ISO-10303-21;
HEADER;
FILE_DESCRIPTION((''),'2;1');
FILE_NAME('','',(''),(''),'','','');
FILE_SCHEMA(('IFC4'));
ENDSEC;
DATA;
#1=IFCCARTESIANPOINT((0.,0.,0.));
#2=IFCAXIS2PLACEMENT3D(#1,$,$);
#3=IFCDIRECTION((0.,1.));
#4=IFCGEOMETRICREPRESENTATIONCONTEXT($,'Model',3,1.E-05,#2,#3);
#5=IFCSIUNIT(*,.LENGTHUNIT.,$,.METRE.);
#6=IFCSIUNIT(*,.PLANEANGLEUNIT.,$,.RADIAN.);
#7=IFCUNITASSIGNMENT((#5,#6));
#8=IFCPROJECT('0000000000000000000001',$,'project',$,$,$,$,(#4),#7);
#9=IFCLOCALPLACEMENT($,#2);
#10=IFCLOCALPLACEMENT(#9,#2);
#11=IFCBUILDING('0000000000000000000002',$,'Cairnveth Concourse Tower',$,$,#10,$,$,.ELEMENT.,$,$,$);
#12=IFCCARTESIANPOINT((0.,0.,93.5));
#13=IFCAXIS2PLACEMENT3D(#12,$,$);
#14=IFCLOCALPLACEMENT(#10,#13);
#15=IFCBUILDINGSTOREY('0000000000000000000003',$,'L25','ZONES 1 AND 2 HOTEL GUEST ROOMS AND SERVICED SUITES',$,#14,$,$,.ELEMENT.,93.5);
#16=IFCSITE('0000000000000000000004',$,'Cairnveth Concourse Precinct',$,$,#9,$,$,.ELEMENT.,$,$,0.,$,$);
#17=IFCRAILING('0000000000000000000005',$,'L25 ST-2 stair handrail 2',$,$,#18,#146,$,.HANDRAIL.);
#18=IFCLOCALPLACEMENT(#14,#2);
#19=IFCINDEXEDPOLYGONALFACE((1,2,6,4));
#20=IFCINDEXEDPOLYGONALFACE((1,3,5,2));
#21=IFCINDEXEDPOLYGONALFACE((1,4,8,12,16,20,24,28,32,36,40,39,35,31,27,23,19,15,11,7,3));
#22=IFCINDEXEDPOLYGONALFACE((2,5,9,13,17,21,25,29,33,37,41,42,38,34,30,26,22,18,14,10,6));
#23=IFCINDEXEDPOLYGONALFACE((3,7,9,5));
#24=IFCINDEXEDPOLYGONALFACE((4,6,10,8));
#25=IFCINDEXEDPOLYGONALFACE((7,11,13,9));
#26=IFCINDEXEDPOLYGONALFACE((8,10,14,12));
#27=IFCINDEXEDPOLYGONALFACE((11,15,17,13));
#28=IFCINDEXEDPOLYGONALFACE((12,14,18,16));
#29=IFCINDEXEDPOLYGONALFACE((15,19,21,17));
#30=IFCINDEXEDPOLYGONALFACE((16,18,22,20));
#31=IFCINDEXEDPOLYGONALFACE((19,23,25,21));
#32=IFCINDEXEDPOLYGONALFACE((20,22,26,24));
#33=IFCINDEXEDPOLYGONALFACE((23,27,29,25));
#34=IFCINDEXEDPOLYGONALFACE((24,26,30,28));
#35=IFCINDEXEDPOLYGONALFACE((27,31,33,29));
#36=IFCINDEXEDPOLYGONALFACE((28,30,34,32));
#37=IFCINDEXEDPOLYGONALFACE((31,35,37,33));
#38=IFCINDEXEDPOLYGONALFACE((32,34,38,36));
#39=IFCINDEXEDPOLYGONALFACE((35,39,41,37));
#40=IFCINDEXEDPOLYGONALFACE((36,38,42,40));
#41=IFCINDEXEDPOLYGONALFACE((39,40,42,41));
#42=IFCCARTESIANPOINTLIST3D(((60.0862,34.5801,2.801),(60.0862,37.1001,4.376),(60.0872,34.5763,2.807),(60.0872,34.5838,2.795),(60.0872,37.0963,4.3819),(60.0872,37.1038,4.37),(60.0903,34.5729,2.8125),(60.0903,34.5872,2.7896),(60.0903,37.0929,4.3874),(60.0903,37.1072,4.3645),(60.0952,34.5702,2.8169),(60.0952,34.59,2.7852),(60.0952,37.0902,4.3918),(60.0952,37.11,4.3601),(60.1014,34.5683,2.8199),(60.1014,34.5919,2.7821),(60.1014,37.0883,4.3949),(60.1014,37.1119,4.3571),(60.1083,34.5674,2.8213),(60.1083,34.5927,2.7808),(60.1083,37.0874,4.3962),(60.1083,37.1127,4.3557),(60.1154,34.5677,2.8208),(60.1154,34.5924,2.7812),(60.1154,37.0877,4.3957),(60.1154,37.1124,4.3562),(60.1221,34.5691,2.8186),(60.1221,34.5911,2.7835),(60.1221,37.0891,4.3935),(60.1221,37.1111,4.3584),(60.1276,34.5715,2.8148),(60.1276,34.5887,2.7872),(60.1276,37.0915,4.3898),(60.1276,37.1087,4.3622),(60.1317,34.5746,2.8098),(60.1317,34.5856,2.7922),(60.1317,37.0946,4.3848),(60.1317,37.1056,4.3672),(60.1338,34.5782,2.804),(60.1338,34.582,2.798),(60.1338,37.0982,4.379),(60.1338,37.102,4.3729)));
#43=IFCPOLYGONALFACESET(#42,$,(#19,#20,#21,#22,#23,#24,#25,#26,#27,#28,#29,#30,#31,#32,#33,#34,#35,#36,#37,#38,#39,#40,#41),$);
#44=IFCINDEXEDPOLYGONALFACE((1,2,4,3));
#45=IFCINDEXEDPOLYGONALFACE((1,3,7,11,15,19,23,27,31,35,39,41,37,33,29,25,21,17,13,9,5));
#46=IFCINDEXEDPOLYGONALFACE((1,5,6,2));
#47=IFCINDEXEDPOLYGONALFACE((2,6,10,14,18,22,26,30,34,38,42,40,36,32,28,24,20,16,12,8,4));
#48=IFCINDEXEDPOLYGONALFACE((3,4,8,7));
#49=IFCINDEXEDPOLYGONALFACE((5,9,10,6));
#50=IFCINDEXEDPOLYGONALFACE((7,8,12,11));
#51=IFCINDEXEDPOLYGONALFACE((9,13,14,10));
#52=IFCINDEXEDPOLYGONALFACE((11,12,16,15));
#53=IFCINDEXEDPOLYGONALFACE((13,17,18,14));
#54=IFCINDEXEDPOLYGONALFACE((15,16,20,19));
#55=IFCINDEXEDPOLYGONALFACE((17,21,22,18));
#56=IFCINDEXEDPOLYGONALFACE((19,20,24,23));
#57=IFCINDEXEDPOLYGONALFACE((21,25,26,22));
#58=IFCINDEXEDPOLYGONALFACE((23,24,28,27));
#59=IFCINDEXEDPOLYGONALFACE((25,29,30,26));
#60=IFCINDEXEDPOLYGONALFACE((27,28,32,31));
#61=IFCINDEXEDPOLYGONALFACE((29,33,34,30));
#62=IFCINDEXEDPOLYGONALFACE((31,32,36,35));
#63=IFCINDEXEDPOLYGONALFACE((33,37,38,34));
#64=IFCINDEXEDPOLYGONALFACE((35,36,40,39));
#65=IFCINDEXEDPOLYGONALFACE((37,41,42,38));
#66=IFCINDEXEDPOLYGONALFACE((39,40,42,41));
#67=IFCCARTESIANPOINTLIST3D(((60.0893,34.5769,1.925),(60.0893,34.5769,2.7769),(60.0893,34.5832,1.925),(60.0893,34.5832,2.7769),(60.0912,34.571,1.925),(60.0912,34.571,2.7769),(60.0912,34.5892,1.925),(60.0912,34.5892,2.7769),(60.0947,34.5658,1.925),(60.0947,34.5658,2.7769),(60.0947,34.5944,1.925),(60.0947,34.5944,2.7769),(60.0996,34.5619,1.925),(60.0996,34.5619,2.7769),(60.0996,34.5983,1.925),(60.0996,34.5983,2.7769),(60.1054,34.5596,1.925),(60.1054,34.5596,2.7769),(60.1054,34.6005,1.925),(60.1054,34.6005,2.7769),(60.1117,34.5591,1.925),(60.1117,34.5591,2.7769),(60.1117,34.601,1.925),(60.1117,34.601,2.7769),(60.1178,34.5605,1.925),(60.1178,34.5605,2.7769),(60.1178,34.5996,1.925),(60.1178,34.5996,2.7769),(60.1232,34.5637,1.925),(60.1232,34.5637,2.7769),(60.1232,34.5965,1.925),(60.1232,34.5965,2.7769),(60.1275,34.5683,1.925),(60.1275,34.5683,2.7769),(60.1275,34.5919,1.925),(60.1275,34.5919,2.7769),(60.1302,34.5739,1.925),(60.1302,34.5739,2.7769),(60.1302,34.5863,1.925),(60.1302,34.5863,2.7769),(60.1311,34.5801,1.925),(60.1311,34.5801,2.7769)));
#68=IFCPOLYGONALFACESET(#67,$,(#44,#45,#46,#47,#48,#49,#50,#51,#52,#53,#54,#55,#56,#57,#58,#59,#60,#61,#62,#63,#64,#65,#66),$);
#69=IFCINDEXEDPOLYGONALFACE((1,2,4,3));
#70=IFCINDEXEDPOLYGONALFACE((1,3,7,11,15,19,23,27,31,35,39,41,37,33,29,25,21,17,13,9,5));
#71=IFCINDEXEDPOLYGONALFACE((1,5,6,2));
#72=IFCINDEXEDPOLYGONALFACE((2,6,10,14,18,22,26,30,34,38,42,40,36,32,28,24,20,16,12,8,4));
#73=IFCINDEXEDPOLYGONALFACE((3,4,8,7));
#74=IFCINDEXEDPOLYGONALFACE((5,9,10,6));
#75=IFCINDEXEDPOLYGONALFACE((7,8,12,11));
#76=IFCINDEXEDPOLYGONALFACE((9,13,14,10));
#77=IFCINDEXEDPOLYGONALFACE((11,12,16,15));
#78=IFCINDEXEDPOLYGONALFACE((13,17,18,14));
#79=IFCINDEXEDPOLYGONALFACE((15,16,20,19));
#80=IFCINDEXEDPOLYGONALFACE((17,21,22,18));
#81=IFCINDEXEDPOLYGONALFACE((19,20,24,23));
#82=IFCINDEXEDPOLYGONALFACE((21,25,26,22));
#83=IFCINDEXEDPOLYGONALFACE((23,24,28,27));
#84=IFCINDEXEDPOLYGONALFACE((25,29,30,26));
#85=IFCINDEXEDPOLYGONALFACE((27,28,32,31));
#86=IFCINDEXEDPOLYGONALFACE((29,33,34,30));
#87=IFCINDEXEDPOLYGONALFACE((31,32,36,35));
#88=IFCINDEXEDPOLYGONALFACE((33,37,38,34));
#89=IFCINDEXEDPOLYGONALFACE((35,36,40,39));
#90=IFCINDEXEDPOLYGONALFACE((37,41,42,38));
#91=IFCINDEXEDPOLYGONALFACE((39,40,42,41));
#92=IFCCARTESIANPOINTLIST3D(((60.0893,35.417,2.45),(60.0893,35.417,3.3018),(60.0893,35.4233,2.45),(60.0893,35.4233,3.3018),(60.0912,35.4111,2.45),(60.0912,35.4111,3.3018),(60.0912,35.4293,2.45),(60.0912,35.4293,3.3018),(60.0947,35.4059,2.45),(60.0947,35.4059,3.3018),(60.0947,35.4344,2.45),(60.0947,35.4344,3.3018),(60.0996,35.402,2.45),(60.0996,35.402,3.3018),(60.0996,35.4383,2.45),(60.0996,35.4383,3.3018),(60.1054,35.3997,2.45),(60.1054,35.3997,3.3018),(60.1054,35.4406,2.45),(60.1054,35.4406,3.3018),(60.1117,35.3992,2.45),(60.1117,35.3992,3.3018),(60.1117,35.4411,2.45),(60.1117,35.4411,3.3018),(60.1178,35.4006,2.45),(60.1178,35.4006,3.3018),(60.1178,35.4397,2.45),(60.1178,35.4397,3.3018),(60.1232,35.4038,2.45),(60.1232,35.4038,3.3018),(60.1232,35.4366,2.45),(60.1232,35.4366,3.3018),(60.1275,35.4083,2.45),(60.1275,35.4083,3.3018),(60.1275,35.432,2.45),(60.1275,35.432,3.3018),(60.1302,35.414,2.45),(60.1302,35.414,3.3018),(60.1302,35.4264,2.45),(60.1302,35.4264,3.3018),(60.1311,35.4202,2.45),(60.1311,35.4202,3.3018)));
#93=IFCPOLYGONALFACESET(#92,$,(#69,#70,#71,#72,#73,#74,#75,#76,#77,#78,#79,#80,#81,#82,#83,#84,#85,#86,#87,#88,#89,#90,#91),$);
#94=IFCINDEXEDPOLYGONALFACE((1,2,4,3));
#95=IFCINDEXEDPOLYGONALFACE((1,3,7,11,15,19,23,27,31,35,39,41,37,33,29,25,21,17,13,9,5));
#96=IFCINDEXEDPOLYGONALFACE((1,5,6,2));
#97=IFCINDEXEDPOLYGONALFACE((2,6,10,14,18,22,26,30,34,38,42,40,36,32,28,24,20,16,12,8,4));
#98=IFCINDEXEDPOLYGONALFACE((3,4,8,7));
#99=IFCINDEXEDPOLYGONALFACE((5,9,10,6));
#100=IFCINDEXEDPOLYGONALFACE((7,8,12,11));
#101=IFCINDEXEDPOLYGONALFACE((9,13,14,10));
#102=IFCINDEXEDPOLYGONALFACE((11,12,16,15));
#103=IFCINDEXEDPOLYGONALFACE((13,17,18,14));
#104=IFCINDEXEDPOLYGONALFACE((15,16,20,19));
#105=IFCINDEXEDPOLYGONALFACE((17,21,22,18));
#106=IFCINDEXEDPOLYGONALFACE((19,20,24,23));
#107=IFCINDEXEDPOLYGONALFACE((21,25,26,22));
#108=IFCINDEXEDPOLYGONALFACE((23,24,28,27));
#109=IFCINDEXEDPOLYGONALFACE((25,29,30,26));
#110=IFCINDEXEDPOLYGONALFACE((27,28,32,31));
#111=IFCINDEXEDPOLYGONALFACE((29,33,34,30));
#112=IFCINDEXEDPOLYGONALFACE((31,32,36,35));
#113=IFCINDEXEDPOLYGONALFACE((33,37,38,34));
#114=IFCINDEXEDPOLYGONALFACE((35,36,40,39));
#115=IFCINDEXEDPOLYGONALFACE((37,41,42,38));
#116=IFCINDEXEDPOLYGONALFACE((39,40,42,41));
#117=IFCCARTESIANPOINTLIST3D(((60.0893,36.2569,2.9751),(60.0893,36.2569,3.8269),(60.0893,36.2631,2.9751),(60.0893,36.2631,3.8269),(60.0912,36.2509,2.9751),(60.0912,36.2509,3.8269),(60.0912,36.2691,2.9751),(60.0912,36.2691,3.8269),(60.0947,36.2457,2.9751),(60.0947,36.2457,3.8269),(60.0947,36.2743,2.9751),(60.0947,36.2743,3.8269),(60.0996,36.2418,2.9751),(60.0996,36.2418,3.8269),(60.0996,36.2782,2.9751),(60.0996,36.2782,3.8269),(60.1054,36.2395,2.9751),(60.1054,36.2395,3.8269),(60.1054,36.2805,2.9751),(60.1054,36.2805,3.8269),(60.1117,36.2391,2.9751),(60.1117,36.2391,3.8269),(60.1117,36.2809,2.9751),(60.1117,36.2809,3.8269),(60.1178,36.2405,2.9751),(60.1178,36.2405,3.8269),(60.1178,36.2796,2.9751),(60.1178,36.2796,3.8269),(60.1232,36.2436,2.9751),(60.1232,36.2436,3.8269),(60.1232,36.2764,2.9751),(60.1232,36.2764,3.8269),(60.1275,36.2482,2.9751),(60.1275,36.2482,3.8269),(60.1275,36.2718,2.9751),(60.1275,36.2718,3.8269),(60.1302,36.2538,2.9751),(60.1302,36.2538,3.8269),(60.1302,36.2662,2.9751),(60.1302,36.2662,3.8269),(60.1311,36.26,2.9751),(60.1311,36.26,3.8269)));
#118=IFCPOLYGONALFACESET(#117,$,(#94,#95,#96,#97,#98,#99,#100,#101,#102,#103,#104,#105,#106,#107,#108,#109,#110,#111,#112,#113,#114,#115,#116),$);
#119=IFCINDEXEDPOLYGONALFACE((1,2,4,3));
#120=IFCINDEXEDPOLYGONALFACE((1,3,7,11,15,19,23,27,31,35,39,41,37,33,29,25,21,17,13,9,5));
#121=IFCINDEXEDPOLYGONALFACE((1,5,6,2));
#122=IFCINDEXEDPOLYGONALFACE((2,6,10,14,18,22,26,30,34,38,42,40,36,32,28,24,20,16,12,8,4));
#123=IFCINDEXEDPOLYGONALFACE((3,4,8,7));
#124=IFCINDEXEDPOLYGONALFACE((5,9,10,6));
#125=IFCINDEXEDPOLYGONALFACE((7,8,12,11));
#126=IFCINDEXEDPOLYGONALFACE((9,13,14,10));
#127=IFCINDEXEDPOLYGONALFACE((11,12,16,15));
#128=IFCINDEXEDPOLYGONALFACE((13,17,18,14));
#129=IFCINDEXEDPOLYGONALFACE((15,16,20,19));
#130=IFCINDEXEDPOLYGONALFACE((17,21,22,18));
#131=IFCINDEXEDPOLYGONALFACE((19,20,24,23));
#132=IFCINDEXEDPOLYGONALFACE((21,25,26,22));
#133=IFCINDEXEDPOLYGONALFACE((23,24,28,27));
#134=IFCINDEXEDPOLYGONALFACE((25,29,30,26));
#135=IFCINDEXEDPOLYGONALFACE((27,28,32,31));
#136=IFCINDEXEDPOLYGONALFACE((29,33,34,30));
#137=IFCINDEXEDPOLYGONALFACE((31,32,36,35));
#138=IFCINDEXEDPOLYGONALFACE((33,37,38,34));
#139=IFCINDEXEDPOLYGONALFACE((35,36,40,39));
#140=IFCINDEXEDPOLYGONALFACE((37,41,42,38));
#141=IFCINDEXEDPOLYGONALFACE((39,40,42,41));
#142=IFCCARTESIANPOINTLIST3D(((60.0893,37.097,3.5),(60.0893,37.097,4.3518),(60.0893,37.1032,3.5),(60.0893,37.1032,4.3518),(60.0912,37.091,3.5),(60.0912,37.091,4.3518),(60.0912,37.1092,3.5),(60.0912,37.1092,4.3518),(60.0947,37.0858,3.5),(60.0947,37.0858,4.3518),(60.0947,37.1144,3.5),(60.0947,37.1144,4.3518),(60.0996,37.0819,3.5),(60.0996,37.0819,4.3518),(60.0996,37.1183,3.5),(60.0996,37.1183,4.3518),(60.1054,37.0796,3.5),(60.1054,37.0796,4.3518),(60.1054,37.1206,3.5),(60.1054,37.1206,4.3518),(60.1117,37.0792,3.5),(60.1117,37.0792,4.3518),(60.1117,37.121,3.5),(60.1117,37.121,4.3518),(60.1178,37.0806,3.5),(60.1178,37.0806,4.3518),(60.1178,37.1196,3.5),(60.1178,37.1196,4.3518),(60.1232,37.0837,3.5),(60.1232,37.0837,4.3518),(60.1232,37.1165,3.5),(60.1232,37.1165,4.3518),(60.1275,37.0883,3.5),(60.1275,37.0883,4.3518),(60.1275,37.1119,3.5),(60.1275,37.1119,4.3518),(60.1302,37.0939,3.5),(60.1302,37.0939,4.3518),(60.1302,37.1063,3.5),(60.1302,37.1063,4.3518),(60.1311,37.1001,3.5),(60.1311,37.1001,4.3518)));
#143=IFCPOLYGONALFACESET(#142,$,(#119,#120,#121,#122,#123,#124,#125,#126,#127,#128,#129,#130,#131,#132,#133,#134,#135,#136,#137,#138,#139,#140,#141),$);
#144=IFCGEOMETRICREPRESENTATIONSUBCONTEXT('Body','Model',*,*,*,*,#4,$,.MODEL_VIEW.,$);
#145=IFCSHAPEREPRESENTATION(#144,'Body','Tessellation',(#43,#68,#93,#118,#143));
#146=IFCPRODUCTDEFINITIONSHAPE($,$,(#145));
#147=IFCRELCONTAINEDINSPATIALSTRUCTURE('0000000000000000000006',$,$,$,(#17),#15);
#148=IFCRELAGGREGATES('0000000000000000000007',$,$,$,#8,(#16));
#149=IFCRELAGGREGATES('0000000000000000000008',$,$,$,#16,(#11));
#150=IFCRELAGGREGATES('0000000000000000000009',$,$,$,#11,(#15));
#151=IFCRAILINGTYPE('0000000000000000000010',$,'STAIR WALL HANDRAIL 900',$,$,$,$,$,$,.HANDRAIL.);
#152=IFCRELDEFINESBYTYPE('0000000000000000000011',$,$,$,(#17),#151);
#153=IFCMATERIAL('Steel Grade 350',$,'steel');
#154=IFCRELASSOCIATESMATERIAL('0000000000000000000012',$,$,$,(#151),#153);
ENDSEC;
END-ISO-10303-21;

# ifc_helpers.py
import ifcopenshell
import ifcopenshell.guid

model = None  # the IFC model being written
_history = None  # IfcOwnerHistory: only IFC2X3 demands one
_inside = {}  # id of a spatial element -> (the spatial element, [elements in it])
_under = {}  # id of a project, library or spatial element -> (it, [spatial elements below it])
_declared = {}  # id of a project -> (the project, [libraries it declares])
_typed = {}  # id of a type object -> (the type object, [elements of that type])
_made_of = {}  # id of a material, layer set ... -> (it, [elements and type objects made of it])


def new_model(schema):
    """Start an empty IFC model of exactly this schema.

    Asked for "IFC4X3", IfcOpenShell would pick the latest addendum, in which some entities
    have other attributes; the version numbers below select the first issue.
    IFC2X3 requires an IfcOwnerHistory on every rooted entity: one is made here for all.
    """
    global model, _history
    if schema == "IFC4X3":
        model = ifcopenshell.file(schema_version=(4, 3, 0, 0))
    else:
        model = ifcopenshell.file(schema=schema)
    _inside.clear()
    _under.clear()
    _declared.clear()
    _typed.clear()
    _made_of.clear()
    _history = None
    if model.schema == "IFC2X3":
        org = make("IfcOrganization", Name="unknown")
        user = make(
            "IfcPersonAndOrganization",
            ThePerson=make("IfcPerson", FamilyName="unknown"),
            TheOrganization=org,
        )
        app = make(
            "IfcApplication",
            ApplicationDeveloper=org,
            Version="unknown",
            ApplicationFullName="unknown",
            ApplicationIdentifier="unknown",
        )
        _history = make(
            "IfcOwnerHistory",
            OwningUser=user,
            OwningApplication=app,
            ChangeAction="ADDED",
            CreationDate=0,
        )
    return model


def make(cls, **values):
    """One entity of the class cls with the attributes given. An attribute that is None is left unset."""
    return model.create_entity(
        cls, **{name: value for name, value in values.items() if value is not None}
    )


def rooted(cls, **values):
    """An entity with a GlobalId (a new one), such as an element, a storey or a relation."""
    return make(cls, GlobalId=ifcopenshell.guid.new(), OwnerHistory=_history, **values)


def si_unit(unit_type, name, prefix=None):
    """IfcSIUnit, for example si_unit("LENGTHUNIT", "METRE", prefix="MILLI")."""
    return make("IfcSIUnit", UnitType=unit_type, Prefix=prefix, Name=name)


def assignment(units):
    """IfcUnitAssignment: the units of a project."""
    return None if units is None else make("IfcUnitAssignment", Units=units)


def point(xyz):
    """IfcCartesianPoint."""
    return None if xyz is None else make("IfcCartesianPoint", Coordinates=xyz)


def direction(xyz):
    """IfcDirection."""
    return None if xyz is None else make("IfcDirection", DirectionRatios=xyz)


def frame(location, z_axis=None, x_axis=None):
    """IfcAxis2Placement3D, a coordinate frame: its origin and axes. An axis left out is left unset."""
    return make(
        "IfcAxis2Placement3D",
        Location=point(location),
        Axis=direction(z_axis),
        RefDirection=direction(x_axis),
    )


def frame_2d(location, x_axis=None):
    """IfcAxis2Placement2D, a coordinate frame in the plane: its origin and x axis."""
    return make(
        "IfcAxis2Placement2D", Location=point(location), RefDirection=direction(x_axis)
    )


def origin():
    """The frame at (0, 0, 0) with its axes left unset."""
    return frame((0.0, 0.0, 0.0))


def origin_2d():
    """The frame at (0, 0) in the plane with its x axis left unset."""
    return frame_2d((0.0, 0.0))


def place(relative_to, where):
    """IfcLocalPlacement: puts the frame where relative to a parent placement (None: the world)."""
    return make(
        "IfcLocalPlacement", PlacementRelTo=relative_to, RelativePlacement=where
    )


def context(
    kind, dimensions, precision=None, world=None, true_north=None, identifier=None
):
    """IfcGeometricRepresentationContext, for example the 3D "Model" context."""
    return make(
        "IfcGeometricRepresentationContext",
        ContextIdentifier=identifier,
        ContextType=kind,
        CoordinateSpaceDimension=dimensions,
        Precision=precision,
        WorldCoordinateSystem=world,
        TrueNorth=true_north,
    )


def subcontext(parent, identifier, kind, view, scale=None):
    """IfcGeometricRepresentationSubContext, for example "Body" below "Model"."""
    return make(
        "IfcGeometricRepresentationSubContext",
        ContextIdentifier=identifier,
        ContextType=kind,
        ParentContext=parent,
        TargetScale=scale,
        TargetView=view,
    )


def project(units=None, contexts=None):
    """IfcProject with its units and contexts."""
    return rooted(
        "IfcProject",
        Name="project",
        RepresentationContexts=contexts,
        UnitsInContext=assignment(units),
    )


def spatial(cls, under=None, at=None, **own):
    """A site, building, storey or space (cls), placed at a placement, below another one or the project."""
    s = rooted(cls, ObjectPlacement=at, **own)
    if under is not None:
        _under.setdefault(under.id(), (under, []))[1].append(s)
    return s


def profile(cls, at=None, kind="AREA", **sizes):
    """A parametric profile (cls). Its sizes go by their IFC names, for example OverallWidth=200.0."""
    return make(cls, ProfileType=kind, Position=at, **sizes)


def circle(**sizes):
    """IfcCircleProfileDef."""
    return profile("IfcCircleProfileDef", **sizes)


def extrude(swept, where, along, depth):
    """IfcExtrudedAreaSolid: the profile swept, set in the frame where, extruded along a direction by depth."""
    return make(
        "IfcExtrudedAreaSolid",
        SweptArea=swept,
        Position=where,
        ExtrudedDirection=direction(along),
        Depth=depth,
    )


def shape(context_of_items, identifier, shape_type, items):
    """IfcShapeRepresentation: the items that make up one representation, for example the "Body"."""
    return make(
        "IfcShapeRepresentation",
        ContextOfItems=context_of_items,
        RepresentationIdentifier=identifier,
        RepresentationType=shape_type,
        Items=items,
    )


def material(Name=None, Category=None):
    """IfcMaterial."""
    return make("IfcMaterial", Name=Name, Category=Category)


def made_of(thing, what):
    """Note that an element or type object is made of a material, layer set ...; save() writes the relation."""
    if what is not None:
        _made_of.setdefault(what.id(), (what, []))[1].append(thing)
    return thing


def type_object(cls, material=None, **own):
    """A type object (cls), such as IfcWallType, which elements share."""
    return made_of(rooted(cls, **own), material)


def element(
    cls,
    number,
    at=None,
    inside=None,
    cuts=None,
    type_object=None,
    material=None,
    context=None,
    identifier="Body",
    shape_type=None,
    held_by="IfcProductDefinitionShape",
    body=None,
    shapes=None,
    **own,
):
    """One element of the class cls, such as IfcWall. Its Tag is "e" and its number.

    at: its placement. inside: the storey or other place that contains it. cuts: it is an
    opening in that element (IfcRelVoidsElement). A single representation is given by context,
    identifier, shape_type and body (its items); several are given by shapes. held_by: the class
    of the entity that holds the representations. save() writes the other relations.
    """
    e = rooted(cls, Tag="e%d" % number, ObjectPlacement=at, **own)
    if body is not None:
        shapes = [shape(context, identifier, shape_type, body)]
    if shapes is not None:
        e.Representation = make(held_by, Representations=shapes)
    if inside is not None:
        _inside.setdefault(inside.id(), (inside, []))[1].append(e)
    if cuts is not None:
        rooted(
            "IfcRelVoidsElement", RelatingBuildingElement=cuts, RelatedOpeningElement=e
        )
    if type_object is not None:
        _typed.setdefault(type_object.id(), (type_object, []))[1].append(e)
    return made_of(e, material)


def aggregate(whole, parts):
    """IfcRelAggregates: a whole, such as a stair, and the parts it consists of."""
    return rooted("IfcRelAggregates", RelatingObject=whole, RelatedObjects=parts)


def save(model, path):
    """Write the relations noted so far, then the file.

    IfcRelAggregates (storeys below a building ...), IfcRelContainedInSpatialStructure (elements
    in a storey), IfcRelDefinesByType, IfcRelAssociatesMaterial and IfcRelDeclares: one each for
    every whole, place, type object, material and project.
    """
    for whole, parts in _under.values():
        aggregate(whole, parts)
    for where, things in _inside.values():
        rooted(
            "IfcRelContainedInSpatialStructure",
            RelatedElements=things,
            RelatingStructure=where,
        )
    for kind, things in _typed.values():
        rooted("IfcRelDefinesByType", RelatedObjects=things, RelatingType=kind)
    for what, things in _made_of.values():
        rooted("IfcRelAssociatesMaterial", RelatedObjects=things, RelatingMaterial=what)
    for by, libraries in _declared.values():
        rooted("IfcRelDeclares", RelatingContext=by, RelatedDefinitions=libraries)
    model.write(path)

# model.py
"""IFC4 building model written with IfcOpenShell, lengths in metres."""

from ifc_helpers import new_model, si_unit, direction, frame, origin, origin_2d, place, context, subcontext, project, spatial, circle, extrude, material, type_object, element, save


model = new_model("IFC4")

# Units and contexts
model_context = context("Model", 3, precision=1e-05, world=origin(), true_north=direction((0.0, 1.0)))
body_context = subcontext(model_context, "Body", "Model", "MODEL_VIEW")
ifc_project = project(units=[si_unit("LENGTHUNIT", "METRE"), si_unit("PLANEANGLEUNIT", "RADIAN")], contexts=[model_context])

# Site, building, storey
site_placement = place(None, origin())
site = spatial("IfcSite", under=ifc_project, at=site_placement, Name="Cairnveth Concourse Precinct", CompositionType="ELEMENT", RefElevation=0.0)
building_placement = place(site_placement, origin())
building = spatial("IfcBuilding", under=site, at=building_placement, Name="Cairnveth Concourse Tower", CompositionType="ELEMENT")
storey_placement = place(building_placement, frame((0.0, 0.0, 93.5)))
storey = spatial("IfcBuildingStorey", under=building, at=storey_placement, Name="L25", Description="ZONES 1 AND 2 HOTEL GUEST ROOMS AND SERVICED SUITES", CompositionType="ELEMENT", Elevation=93.5)

# Shared definitions
ifc_material_1 = material(Name="Steel Grade 350", Category="steel")

# Railing
railing_type = type_object("IfcRailingType", Name="STAIR WALL HANDRAIL 900", PredefinedType="HANDRAIL", material=ifc_material_1)
railing_placement = place(storey_placement, frame((60.1101, 34.5801, 1.925)))
element("IfcRailing", 1, at=railing_placement, inside=storey, type_object=railing_type, Name="L25 ST-2 stair handrail 2", PredefinedType="HANDRAIL", context=body_context, shape_type="SweptSolid", body=[
    extrude(circle(Radius=0.0239, at=origin_2d()), frame((0.0, 0.0, 0.876), z_axis=(0.0, 0.848008, 0.529984), x_axis=(-1.0, 0.0, 0.0)), (0.0, 0.0, 1.0), 2.9717),
    extrude(circle(Radius=0.021, at=origin_2d()), origin(), (0.0, 0.0, 1.0), 0.8518),
    extrude(circle(Radius=0.021, at=origin_2d()), frame((0.0, 0.8401, 0.5249)), (0.0, 0.0, 1.0), 0.8518),
    extrude(circle(Radius=0.021, at=origin_2d()), frame((0.0, 1.6799, 1.05)), (0.0, 0.0, 1.0), 0.8518),
    extrude(circle(Radius=0.021, at=origin_2d()), frame((0.0, 2.52, 1.575)), (0.0, 0.0, 1.0), 0.8518),
])

save(model, "model.ifc")
